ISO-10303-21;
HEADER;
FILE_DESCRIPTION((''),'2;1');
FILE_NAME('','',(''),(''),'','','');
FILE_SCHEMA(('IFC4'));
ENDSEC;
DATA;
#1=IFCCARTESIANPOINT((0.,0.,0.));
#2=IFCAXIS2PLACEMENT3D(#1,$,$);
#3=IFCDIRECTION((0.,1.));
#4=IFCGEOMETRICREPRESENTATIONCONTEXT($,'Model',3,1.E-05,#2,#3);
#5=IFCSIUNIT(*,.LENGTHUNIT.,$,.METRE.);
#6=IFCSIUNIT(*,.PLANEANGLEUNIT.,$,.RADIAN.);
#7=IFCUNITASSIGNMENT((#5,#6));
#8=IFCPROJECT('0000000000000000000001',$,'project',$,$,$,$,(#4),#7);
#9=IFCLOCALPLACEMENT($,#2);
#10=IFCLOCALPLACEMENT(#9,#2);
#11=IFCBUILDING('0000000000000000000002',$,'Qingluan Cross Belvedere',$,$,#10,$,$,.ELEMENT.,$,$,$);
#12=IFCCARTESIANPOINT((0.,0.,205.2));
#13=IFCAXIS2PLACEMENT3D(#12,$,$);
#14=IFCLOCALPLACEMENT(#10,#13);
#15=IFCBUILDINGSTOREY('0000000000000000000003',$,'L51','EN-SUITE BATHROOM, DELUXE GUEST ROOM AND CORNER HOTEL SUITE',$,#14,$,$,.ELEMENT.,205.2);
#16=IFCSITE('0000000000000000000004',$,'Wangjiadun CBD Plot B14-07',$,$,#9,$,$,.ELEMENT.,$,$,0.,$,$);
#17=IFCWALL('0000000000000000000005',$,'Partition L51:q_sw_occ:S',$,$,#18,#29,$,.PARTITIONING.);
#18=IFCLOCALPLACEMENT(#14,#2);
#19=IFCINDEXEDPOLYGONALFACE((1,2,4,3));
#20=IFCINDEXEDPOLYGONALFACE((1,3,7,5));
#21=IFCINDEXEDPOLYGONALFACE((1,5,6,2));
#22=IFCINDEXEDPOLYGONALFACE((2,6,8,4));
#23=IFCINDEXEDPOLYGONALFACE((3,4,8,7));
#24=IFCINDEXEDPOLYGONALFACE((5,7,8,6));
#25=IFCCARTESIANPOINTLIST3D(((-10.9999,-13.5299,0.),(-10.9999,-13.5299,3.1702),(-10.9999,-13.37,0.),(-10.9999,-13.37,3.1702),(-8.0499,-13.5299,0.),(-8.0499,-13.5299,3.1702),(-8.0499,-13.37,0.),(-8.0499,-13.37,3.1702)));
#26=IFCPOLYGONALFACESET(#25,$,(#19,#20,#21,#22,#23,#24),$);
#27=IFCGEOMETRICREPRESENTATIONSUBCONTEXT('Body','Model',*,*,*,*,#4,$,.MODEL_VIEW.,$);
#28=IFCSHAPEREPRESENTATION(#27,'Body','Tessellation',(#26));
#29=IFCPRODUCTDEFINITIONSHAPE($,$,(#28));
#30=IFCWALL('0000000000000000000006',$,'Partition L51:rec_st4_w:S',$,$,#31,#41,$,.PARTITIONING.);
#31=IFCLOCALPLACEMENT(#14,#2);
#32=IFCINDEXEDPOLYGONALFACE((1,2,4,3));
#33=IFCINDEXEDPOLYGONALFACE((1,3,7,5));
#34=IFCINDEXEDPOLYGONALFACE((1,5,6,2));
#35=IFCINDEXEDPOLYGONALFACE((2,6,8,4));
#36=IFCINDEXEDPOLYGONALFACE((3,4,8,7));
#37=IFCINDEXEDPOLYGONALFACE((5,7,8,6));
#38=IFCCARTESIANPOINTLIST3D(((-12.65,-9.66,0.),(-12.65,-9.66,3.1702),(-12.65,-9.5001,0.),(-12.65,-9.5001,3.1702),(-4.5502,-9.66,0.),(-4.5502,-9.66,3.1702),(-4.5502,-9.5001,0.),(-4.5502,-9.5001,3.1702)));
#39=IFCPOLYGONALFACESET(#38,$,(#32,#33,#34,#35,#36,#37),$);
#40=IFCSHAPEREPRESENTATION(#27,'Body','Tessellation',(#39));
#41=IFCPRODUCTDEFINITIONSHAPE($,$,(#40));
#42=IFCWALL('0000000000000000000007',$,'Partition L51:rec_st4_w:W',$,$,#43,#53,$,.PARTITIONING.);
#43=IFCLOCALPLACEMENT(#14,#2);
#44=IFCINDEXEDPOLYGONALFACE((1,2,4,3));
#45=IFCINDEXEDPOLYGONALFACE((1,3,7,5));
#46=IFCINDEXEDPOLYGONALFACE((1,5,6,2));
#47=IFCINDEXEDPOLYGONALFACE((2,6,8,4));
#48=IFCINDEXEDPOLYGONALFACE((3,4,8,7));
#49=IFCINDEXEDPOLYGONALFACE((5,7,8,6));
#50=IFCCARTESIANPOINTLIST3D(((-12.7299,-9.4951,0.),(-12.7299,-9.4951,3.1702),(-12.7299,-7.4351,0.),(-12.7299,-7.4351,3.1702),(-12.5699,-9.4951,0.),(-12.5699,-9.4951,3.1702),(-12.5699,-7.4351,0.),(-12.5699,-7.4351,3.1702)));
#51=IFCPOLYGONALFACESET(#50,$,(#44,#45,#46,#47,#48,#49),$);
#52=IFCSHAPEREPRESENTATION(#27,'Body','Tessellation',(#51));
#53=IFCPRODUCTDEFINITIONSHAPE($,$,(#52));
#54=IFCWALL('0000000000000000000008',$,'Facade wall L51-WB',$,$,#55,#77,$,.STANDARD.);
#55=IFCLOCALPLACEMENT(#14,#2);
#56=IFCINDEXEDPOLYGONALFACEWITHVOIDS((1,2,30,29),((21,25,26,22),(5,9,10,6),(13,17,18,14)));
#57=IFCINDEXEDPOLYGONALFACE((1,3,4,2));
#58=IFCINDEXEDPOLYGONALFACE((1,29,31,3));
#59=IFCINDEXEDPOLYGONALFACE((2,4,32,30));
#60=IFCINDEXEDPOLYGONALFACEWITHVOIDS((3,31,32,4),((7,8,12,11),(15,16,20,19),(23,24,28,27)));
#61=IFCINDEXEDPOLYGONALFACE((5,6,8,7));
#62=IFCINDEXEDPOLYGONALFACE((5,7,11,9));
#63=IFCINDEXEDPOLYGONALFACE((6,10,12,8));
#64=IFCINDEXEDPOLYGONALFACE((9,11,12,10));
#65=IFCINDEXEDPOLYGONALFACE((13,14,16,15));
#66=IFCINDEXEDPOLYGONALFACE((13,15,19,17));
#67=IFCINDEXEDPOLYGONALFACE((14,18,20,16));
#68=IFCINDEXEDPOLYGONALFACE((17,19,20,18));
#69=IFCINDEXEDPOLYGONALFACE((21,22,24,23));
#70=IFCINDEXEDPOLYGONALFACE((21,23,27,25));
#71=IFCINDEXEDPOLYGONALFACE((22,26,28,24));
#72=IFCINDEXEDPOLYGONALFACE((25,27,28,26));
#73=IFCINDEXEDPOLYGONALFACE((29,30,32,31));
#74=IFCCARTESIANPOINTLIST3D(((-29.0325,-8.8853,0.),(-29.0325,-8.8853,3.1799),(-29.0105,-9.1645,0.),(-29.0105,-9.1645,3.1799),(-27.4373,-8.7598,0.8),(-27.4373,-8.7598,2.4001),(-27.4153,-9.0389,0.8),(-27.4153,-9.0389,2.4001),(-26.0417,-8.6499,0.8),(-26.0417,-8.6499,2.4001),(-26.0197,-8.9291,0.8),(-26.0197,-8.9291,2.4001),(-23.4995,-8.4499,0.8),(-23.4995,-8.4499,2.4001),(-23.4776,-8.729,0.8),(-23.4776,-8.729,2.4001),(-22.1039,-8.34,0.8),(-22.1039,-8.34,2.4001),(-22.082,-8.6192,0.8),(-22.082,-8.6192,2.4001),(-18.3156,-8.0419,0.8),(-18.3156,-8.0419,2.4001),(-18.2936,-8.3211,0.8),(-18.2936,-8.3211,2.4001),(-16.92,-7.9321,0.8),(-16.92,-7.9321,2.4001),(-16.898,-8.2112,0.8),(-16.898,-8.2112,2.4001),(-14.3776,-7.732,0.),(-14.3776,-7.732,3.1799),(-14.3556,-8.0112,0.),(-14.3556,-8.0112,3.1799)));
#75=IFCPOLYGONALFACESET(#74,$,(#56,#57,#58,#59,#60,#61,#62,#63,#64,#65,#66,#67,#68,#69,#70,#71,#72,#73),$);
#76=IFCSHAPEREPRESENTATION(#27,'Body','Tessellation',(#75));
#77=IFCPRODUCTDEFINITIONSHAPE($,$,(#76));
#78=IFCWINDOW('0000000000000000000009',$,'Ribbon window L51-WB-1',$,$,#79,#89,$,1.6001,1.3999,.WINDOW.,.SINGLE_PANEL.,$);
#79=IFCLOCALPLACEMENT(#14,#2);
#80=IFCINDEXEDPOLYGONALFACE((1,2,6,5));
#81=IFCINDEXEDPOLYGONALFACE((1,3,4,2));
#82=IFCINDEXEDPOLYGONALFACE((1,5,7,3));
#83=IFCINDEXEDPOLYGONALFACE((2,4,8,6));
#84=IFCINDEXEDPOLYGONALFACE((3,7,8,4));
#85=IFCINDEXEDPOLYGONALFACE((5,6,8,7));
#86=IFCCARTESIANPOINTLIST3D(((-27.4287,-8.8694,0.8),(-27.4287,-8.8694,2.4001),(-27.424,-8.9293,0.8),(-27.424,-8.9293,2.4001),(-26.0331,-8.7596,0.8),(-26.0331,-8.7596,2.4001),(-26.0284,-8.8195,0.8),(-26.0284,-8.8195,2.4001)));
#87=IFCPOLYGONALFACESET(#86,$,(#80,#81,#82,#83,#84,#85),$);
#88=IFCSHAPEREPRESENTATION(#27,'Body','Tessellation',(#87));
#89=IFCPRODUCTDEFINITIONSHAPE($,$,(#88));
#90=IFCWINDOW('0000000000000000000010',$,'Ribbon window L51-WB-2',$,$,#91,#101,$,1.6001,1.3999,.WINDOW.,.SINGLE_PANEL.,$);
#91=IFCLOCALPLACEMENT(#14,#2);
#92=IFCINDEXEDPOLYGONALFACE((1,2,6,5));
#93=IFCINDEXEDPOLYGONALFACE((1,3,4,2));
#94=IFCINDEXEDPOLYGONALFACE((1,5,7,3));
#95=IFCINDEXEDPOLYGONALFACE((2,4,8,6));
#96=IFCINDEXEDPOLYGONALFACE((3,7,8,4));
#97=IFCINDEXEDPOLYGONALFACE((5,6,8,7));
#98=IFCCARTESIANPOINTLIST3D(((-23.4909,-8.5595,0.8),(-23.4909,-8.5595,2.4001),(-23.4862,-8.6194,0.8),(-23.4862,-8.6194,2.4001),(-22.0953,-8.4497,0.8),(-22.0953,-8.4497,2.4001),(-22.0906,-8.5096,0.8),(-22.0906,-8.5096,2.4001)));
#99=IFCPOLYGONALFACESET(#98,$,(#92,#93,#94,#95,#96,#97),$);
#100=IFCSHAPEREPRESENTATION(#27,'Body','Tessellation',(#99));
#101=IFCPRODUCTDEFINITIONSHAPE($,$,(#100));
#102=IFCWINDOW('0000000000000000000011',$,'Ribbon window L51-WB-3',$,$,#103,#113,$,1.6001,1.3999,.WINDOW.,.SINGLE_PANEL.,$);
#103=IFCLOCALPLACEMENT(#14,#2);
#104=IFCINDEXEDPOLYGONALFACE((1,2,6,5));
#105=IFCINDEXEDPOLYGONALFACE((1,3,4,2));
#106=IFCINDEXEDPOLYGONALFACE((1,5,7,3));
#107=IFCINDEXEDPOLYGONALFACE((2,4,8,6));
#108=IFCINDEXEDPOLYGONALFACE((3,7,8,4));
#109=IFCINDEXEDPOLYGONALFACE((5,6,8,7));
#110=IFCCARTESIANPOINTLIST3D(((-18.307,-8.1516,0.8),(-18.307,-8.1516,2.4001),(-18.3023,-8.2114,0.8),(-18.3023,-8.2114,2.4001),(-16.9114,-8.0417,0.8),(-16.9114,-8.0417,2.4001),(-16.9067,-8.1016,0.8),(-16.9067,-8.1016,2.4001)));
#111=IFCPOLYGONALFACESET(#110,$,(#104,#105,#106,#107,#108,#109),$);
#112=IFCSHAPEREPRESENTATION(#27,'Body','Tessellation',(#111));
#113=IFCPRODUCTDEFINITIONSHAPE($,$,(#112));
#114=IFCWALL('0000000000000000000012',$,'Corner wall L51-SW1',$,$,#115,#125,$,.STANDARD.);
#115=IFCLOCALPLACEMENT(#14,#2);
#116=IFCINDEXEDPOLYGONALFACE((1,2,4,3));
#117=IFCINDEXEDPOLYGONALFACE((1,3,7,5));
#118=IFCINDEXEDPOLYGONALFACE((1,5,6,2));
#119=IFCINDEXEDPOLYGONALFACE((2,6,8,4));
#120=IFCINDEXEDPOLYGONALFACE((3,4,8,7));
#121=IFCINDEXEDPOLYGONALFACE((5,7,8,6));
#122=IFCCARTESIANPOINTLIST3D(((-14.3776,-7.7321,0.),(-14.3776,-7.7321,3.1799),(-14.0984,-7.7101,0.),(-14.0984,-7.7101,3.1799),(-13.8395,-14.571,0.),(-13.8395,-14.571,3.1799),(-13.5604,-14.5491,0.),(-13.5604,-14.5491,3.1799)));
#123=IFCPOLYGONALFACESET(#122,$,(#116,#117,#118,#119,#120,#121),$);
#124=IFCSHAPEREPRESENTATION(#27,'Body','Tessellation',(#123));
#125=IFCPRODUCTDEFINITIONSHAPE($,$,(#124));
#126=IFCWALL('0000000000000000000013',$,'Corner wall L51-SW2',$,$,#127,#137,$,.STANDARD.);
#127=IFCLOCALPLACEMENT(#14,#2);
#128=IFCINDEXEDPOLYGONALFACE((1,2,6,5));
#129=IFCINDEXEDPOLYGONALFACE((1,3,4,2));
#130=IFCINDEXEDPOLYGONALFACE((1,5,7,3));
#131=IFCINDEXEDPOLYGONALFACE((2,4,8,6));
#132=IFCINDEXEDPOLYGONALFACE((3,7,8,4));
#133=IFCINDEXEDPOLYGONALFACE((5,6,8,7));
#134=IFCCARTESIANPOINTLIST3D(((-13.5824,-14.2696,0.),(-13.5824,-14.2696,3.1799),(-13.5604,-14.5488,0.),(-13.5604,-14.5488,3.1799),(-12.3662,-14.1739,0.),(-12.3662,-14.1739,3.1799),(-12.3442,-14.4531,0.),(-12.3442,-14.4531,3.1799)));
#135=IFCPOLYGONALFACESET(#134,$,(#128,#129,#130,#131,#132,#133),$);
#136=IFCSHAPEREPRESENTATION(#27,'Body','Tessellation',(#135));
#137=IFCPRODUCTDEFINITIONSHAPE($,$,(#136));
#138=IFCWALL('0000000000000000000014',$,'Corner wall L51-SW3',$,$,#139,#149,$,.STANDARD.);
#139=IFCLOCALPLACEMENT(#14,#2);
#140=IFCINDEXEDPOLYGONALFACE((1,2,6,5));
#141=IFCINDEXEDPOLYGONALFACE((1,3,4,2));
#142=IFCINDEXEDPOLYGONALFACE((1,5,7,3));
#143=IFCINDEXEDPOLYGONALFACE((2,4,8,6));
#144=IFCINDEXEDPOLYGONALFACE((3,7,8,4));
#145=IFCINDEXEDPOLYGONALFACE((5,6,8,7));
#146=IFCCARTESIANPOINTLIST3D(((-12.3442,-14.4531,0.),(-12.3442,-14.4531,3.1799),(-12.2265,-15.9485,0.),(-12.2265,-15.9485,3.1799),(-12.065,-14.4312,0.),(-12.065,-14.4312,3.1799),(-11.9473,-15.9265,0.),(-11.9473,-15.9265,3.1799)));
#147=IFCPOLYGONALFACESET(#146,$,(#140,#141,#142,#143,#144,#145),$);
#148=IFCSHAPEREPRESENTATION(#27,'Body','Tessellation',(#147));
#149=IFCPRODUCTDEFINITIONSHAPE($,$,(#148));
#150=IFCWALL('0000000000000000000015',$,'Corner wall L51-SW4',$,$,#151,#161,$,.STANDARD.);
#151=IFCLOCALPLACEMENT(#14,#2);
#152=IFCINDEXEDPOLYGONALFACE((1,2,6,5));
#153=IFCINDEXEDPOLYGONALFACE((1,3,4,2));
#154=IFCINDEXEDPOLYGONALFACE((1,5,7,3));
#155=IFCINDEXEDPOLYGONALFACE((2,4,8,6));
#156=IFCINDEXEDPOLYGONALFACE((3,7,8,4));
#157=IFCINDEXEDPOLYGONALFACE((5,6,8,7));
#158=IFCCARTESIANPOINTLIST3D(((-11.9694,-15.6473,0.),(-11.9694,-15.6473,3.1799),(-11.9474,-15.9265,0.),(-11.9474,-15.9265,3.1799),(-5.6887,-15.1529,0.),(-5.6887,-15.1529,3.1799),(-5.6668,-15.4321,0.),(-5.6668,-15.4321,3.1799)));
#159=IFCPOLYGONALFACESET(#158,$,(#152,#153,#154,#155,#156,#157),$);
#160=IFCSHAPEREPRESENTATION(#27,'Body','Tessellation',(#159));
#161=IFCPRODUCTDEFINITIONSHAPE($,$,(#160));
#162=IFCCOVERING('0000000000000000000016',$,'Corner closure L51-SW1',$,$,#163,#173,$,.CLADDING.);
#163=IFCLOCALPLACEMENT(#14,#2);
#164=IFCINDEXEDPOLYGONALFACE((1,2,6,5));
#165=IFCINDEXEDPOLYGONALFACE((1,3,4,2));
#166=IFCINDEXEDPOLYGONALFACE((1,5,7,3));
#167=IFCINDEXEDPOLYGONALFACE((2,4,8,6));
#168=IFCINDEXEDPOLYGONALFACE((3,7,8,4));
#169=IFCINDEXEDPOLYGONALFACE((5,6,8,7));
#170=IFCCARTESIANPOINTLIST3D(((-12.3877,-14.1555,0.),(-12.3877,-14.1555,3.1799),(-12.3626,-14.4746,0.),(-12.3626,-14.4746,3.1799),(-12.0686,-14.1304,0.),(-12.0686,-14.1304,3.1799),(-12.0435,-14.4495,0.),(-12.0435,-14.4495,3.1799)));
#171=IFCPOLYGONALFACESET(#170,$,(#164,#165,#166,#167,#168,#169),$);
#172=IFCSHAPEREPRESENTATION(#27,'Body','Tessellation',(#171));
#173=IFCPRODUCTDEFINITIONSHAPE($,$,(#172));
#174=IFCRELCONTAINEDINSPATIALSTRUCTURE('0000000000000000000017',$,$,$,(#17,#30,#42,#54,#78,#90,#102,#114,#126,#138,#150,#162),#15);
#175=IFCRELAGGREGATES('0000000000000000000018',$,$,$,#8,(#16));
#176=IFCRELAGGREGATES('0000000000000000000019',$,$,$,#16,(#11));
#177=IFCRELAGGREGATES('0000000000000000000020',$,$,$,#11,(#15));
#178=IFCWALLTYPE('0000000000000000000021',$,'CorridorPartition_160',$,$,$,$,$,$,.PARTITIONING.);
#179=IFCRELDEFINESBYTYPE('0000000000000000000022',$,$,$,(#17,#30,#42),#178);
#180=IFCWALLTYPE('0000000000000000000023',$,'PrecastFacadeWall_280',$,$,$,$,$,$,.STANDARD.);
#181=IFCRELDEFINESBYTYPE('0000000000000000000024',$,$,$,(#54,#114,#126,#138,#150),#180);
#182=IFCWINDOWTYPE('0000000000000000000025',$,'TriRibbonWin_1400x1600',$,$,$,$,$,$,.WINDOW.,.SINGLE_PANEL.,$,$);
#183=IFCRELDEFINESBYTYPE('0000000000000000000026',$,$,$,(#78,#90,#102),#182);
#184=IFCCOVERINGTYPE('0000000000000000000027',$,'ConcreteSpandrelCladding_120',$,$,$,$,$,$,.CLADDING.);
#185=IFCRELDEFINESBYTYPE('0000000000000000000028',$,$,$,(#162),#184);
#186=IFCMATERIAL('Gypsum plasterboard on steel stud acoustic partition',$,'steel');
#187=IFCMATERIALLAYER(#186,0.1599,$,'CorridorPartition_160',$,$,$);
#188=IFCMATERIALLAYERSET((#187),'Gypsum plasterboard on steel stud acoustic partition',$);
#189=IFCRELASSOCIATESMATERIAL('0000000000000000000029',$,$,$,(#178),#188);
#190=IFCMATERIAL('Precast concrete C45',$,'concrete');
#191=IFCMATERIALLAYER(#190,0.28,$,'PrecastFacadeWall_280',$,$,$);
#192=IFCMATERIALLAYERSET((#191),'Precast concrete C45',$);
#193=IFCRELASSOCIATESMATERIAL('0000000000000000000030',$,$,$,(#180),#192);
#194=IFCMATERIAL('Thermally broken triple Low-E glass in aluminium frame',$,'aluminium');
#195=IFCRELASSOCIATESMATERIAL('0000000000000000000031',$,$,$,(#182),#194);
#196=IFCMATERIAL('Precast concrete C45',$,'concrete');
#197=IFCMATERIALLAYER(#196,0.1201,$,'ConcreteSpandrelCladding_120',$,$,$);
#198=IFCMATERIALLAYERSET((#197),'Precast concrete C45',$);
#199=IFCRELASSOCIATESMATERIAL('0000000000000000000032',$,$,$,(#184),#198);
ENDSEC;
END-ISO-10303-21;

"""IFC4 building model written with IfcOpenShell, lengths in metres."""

from ifc_helpers import new_model, si_unit, direction, frame, frame_2d, origin, origin_2d, place, context, subcontext, project, spatial, rectangle, extrude, material, layer, layer_set, type_object, element, fill, save


model = new_model("IFC4")

# Units and contexts
model_context = context("Model", 3, precision=1e-05, world=origin(), true_north=direction((0.0, 1.0)))
body_context = subcontext(model_context, "Body", "Model", "MODEL_VIEW")
ifc_project = project(units=[si_unit("LENGTHUNIT", "METRE"), si_unit("PLANEANGLEUNIT", "RADIAN")], contexts=[model_context])

# Site, building, storey
site_placement = place(None, origin())
site = spatial("IfcSite", under=ifc_project, at=site_placement, Name="Wangjiadun CBD Plot B14-07", CompositionType="ELEMENT", RefElevation=0.0)
building_placement = place(site_placement, origin())
building = spatial("IfcBuilding", under=site, at=building_placement, Name="Qingluan Cross Belvedere", CompositionType="ELEMENT")
storey_placement = place(building_placement, frame((0.0, 0.0, 205.2)))
storey = spatial("IfcBuildingStorey", under=building, at=storey_placement, Name="L51", Description="EN-SUITE BATHROOM, DELUXE GUEST ROOM AND CORNER HOTEL SUITE", CompositionType="ELEMENT", Elevation=205.2)

# Walls
ifc_material_1 = material(Name="Gypsum plasterboard on steel stud acoustic partition", Category="steel")
ifc_layer_1 = layer(ifc_material_1, 0.1599, Name="CorridorPartition_160")
ifc_layer_set_1 = layer_set([ifc_layer_1], Name="Gypsum plasterboard on steel stud acoustic partition")
wall_type_1 = type_object("IfcWallType", Name="CorridorPartition_160", PredefinedType="PARTITIONING", material=ifc_layer_set_1)
wall_1_placement = place(storey_placement, frame((-11.0, -13.45, 0.0), z_axis=(0.0, 0.0, 1.0), x_axis=(1.0, 0.0, 0.0)))
element("IfcWall", 1, at=wall_1_placement, inside=storey, type_object=wall_type_1, Name="Partition L51:q_sw_occ:S", PredefinedType="PARTITIONING", context=body_context, shape_type="SweptSolid", body=[
    extrude(rectangle(XDim=2.95, YDim=0.1599, at=frame_2d((1.4751, 0.0))), origin(), (0.0, 0.0, 1.0), 3.1702),
])
wall_2_placement = place(storey_placement, frame((-12.6499, -9.5801, 0.0), z_axis=(0.0, 0.0, 1.0), x_axis=(1.0, 0.0, 0.0)))
element("IfcWall", 2, at=wall_2_placement, inside=storey, type_object=wall_type_1, Name="Partition L51:rec_st4_w:S", PredefinedType="PARTITIONING", context=body_context, shape_type="SweptSolid", body=[
    extrude(rectangle(XDim=8.0999, YDim=0.1599, at=frame_2d((4.0498, 0.0))), origin(), (0.0, 0.0, 1.0), 3.1702),
])
wall_3_placement = place(storey_placement, frame((-12.6499, -9.4951, 0.0), z_axis=(0.0, 0.0, 1.0), x_axis=(0.0, 1.0, 0.0)))
element("IfcWall", 3, at=wall_3_placement, inside=storey, type_object=wall_type_1, Name="Partition L51:rec_st4_w:W", PredefinedType="PARTITIONING", context=body_context, shape_type="SweptSolid", body=[
    extrude(rectangle(XDim=2.0601, YDim=0.1599, at=frame_2d((1.03, 0.0))), origin(), (0.0, 0.0, 1.0), 3.1702),
])

# Wall, openings, windows
ifc_material_2 = material(Name="Precast concrete C45", Category="concrete")
ifc_layer_2 = layer(ifc_material_2, 0.28, Name="PrecastFacadeWall_280")
ifc_layer_set_2 = layer_set([ifc_layer_2], Name="Precast concrete C45")
wall_type_2 = type_object("IfcWallType", Name="PrecastFacadeWall_280", PredefinedType="STANDARD", material=ifc_layer_set_2)
wall_4_placement = place(storey_placement, frame((-29.0215, -9.0249, 0.0), z_axis=(0.0, 0.0, 1.0), x_axis=(0.996918, 0.078457, 0.0)))
wall_4 = element("IfcWall", 4, at=wall_4_placement, inside=storey, type_object=wall_type_2, Name="Facade wall L51-WB", PredefinedType="STANDARD", context=body_context, shape_type="SweptSolid", body=[
    extrude(rectangle(XDim=14.7002, YDim=0.28, at=frame_2d((7.3501, 0.0))), origin(), (0.0, 0.0, 1.0), 3.1799),
])
opening_1_placement = place(wall_4_placement, frame((1.6001, 0.0, 0.8)))
opening_1 = element("IfcOpeningElement", 5, at=opening_1_placement, cuts=wall_4, PredefinedType="OPENING", context=body_context, shape_type="SweptSolid", body=[
    extrude(rectangle(XDim=1.3999, YDim=1.6001, at=frame_2d((0.7, 0.8))), frame((0.0, 0.1499, 0.0), z_axis=(0.0, -1.0, 0.0), x_axis=(1.0, 0.0, 0.0)), (0.0, 0.0, 1.0), 0.3),
])
opening_2_placement = place(wall_4_placement, frame((5.55, 0.0, 0.8)))
opening_2 = element("IfcOpeningElement", 6, at=opening_2_placement, cuts=wall_4, PredefinedType="OPENING", context=body_context, shape_type="SweptSolid", body=[
    extrude(rectangle(XDim=1.3999, YDim=1.6001, at=frame_2d((0.7, 0.8))), frame((0.0, 0.1499, 0.0), z_axis=(0.0, -1.0, 0.0), x_axis=(1.0, 0.0, 0.0)), (0.0, 0.0, 1.0), 0.3),
])
opening_3_placement = place(wall_4_placement, frame((10.75, 0.0, 0.8)))
opening_3 = element("IfcOpeningElement", 7, at=opening_3_placement, cuts=wall_4, PredefinedType="OPENING", context=body_context, shape_type="SweptSolid", body=[
    extrude(rectangle(XDim=1.3999, YDim=1.6001, at=frame_2d((0.7, 0.8))), frame((0.0, 0.1499, 0.0), z_axis=(0.0, -1.0, 0.0), x_axis=(1.0, 0.0, 0.0)), (0.0, 0.0, 1.0), 0.3),
])
ifc_material_3 = material(Name="Thermally broken triple Low-E glass in aluminium frame", Category="aluminium")
window_type = type_object("IfcWindowType", Name="TriRibbonWin_1400x1600", PartitioningType="SINGLE_PANEL", PredefinedType="WINDOW", material=ifc_material_3)
window_1_placement = place(opening_1_placement, origin())
window_1 = element("IfcWindow", 8, at=window_1_placement, inside=storey, type_object=window_type, Name="Ribbon window L51-WB-1", OverallHeight=1.6001, OverallWidth=1.3999, PartitioningType="SINGLE_PANEL", PredefinedType="WINDOW", context=body_context, shape_type="SweptSolid", body=[
    extrude(rectangle(XDim=1.3999, YDim=1.6001, at=frame_2d((0.7, 0.8))), frame((0.0, 0.03, 0.0), z_axis=(0.0, -1.0, 0.0), x_axis=(1.0, 0.0, 0.0)), (0.0, 0.0, 1.0), 0.0601),
])
fill(opening_1, window_1)
window_2_placement = place(opening_2_placement, origin())
window_2 = element("IfcWindow", 9, at=window_2_placement, inside=storey, type_object=window_type, Name="Ribbon window L51-WB-2", OverallHeight=1.6001, OverallWidth=1.3999, PartitioningType="SINGLE_PANEL", PredefinedType="WINDOW", context=body_context, shape_type="SweptSolid", body=[
    extrude(rectangle(XDim=1.3999, YDim=1.6001, at=frame_2d((0.7, 0.8))), frame((0.0, 0.03, 0.0), z_axis=(0.0, -1.0, 0.0), x_axis=(1.0, 0.0, 0.0)), (0.0, 0.0, 1.0), 0.0601),
])
fill(opening_2, window_2)
window_3_placement = place(opening_3_placement, origin())
window_3 = element("IfcWindow", 10, at=window_3_placement, inside=storey, type_object=window_type, Name="Ribbon window L51-WB-3", OverallHeight=1.6001, OverallWidth=1.3999, PartitioningType="SINGLE_PANEL", PredefinedType="WINDOW", context=body_context, shape_type="SweptSolid", body=[
    extrude(rectangle(XDim=1.3999, YDim=1.6001, at=frame_2d((0.7, 0.8))), frame((0.0, 0.03, 0.0), z_axis=(0.0, -1.0, 0.0), x_axis=(1.0, 0.0, 0.0)), (0.0, 0.0, 1.0), 0.0601),
])
fill(opening_3, window_3)

# Walls
wall_5_placement = place(storey_placement, frame((-14.238, -7.7209, 0.0), z_axis=(0.0, 0.0, 1.0), x_axis=(0.078438, -0.996919, 0.0)))
element("IfcWall", 11, at=wall_5_placement, inside=storey, type_object=wall_type_2, Name="Corner wall L51-SW1", PredefinedType="STANDARD", context=body_context, shape_type="SweptSolid", body=[
    extrude(rectangle(XDim=6.8601, YDim=0.28, at=frame_2d((3.4302, 0.0))), origin(), (0.0, 0.0, 1.0), 3.1799),
])
wall_6_placement = place(storey_placement, frame((-13.5713, -14.4092, 0.0), z_axis=(0.0, 0.0, 1.0), x_axis=(0.996919, 0.078441, 0.0)))
element("IfcWall", 12, at=wall_6_placement, inside=storey, type_object=wall_type_2, Name="Corner wall L51-SW2", PredefinedType="STANDARD", context=body_context, shape_type="SweptSolid", body=[
    extrude(rectangle(XDim=1.22, YDim=0.28, at=frame_2d((0.6099, 0.0))), origin(), (0.0, 0.0, 1.0), 3.1799),
])
wall_7_placement = place(storey_placement, frame((-12.2046, -14.4421, 0.0), z_axis=(0.0, 0.0, 1.0), x_axis=(0.078451, -0.996918, 0.0)))
element("IfcWall", 13, at=wall_7_placement, inside=storey, type_object=wall_type_2, Name="Corner wall L51-SW3", PredefinedType="STANDARD", context=body_context, shape_type="SweptSolid", body=[
    extrude(rectangle(XDim=1.5, YDim=0.28, at=frame_2d((0.75, 0.0))), origin(), (0.0, 0.0, 1.0), 3.1799),
])
wall_8_placement = place(storey_placement, frame((-11.9583, -15.7869, 0.0), z_axis=(0.0, 0.0, 1.0), x_axis=(0.996916, 0.078474, 0.0)))
element("IfcWall", 14, at=wall_8_placement, inside=storey, type_object=wall_type_2, Name="Corner wall L51-SW4", PredefinedType="STANDARD", context=body_context, shape_type="SweptSolid", body=[
    extrude(rectangle(XDim=6.3, YDim=0.28, at=frame_2d((3.1499, 0.0))), origin(), (0.0, 0.0, 1.0), 3.1799),
])

# Covering
ifc_material_4 = material(Name="Precast concrete C45", Category="concrete")
ifc_layer_3 = layer(ifc_material_4, 0.1201, Name="ConcreteSpandrelCladding_120")
ifc_layer_set_3 = layer_set([ifc_layer_3], Name="Precast concrete C45")
covering_type = type_object("IfcCoveringType", Name="ConcreteSpandrelCladding_120", PredefinedType="CLADDING", material=ifc_layer_set_3)
covering_placement = place(storey_placement, frame((-12.2156, -14.3025, 0.0), z_axis=(0.0, 0.0, 1.0), x_axis=(0.996917, 0.078459, 0.0)))
element("IfcCovering", 15, at=covering_placement, inside=storey, type_object=covering_type, Name="Corner closure L51-SW1", PredefinedType="CLADDING", context=body_context, shape_type="SweptSolid", body=[
    extrude(rectangle(XDim=0.3201, YDim=0.3201, at=origin_2d()), origin(), (0.0, 0.0, 1.0), 3.1799),
])

save(model, "model.ifc")
